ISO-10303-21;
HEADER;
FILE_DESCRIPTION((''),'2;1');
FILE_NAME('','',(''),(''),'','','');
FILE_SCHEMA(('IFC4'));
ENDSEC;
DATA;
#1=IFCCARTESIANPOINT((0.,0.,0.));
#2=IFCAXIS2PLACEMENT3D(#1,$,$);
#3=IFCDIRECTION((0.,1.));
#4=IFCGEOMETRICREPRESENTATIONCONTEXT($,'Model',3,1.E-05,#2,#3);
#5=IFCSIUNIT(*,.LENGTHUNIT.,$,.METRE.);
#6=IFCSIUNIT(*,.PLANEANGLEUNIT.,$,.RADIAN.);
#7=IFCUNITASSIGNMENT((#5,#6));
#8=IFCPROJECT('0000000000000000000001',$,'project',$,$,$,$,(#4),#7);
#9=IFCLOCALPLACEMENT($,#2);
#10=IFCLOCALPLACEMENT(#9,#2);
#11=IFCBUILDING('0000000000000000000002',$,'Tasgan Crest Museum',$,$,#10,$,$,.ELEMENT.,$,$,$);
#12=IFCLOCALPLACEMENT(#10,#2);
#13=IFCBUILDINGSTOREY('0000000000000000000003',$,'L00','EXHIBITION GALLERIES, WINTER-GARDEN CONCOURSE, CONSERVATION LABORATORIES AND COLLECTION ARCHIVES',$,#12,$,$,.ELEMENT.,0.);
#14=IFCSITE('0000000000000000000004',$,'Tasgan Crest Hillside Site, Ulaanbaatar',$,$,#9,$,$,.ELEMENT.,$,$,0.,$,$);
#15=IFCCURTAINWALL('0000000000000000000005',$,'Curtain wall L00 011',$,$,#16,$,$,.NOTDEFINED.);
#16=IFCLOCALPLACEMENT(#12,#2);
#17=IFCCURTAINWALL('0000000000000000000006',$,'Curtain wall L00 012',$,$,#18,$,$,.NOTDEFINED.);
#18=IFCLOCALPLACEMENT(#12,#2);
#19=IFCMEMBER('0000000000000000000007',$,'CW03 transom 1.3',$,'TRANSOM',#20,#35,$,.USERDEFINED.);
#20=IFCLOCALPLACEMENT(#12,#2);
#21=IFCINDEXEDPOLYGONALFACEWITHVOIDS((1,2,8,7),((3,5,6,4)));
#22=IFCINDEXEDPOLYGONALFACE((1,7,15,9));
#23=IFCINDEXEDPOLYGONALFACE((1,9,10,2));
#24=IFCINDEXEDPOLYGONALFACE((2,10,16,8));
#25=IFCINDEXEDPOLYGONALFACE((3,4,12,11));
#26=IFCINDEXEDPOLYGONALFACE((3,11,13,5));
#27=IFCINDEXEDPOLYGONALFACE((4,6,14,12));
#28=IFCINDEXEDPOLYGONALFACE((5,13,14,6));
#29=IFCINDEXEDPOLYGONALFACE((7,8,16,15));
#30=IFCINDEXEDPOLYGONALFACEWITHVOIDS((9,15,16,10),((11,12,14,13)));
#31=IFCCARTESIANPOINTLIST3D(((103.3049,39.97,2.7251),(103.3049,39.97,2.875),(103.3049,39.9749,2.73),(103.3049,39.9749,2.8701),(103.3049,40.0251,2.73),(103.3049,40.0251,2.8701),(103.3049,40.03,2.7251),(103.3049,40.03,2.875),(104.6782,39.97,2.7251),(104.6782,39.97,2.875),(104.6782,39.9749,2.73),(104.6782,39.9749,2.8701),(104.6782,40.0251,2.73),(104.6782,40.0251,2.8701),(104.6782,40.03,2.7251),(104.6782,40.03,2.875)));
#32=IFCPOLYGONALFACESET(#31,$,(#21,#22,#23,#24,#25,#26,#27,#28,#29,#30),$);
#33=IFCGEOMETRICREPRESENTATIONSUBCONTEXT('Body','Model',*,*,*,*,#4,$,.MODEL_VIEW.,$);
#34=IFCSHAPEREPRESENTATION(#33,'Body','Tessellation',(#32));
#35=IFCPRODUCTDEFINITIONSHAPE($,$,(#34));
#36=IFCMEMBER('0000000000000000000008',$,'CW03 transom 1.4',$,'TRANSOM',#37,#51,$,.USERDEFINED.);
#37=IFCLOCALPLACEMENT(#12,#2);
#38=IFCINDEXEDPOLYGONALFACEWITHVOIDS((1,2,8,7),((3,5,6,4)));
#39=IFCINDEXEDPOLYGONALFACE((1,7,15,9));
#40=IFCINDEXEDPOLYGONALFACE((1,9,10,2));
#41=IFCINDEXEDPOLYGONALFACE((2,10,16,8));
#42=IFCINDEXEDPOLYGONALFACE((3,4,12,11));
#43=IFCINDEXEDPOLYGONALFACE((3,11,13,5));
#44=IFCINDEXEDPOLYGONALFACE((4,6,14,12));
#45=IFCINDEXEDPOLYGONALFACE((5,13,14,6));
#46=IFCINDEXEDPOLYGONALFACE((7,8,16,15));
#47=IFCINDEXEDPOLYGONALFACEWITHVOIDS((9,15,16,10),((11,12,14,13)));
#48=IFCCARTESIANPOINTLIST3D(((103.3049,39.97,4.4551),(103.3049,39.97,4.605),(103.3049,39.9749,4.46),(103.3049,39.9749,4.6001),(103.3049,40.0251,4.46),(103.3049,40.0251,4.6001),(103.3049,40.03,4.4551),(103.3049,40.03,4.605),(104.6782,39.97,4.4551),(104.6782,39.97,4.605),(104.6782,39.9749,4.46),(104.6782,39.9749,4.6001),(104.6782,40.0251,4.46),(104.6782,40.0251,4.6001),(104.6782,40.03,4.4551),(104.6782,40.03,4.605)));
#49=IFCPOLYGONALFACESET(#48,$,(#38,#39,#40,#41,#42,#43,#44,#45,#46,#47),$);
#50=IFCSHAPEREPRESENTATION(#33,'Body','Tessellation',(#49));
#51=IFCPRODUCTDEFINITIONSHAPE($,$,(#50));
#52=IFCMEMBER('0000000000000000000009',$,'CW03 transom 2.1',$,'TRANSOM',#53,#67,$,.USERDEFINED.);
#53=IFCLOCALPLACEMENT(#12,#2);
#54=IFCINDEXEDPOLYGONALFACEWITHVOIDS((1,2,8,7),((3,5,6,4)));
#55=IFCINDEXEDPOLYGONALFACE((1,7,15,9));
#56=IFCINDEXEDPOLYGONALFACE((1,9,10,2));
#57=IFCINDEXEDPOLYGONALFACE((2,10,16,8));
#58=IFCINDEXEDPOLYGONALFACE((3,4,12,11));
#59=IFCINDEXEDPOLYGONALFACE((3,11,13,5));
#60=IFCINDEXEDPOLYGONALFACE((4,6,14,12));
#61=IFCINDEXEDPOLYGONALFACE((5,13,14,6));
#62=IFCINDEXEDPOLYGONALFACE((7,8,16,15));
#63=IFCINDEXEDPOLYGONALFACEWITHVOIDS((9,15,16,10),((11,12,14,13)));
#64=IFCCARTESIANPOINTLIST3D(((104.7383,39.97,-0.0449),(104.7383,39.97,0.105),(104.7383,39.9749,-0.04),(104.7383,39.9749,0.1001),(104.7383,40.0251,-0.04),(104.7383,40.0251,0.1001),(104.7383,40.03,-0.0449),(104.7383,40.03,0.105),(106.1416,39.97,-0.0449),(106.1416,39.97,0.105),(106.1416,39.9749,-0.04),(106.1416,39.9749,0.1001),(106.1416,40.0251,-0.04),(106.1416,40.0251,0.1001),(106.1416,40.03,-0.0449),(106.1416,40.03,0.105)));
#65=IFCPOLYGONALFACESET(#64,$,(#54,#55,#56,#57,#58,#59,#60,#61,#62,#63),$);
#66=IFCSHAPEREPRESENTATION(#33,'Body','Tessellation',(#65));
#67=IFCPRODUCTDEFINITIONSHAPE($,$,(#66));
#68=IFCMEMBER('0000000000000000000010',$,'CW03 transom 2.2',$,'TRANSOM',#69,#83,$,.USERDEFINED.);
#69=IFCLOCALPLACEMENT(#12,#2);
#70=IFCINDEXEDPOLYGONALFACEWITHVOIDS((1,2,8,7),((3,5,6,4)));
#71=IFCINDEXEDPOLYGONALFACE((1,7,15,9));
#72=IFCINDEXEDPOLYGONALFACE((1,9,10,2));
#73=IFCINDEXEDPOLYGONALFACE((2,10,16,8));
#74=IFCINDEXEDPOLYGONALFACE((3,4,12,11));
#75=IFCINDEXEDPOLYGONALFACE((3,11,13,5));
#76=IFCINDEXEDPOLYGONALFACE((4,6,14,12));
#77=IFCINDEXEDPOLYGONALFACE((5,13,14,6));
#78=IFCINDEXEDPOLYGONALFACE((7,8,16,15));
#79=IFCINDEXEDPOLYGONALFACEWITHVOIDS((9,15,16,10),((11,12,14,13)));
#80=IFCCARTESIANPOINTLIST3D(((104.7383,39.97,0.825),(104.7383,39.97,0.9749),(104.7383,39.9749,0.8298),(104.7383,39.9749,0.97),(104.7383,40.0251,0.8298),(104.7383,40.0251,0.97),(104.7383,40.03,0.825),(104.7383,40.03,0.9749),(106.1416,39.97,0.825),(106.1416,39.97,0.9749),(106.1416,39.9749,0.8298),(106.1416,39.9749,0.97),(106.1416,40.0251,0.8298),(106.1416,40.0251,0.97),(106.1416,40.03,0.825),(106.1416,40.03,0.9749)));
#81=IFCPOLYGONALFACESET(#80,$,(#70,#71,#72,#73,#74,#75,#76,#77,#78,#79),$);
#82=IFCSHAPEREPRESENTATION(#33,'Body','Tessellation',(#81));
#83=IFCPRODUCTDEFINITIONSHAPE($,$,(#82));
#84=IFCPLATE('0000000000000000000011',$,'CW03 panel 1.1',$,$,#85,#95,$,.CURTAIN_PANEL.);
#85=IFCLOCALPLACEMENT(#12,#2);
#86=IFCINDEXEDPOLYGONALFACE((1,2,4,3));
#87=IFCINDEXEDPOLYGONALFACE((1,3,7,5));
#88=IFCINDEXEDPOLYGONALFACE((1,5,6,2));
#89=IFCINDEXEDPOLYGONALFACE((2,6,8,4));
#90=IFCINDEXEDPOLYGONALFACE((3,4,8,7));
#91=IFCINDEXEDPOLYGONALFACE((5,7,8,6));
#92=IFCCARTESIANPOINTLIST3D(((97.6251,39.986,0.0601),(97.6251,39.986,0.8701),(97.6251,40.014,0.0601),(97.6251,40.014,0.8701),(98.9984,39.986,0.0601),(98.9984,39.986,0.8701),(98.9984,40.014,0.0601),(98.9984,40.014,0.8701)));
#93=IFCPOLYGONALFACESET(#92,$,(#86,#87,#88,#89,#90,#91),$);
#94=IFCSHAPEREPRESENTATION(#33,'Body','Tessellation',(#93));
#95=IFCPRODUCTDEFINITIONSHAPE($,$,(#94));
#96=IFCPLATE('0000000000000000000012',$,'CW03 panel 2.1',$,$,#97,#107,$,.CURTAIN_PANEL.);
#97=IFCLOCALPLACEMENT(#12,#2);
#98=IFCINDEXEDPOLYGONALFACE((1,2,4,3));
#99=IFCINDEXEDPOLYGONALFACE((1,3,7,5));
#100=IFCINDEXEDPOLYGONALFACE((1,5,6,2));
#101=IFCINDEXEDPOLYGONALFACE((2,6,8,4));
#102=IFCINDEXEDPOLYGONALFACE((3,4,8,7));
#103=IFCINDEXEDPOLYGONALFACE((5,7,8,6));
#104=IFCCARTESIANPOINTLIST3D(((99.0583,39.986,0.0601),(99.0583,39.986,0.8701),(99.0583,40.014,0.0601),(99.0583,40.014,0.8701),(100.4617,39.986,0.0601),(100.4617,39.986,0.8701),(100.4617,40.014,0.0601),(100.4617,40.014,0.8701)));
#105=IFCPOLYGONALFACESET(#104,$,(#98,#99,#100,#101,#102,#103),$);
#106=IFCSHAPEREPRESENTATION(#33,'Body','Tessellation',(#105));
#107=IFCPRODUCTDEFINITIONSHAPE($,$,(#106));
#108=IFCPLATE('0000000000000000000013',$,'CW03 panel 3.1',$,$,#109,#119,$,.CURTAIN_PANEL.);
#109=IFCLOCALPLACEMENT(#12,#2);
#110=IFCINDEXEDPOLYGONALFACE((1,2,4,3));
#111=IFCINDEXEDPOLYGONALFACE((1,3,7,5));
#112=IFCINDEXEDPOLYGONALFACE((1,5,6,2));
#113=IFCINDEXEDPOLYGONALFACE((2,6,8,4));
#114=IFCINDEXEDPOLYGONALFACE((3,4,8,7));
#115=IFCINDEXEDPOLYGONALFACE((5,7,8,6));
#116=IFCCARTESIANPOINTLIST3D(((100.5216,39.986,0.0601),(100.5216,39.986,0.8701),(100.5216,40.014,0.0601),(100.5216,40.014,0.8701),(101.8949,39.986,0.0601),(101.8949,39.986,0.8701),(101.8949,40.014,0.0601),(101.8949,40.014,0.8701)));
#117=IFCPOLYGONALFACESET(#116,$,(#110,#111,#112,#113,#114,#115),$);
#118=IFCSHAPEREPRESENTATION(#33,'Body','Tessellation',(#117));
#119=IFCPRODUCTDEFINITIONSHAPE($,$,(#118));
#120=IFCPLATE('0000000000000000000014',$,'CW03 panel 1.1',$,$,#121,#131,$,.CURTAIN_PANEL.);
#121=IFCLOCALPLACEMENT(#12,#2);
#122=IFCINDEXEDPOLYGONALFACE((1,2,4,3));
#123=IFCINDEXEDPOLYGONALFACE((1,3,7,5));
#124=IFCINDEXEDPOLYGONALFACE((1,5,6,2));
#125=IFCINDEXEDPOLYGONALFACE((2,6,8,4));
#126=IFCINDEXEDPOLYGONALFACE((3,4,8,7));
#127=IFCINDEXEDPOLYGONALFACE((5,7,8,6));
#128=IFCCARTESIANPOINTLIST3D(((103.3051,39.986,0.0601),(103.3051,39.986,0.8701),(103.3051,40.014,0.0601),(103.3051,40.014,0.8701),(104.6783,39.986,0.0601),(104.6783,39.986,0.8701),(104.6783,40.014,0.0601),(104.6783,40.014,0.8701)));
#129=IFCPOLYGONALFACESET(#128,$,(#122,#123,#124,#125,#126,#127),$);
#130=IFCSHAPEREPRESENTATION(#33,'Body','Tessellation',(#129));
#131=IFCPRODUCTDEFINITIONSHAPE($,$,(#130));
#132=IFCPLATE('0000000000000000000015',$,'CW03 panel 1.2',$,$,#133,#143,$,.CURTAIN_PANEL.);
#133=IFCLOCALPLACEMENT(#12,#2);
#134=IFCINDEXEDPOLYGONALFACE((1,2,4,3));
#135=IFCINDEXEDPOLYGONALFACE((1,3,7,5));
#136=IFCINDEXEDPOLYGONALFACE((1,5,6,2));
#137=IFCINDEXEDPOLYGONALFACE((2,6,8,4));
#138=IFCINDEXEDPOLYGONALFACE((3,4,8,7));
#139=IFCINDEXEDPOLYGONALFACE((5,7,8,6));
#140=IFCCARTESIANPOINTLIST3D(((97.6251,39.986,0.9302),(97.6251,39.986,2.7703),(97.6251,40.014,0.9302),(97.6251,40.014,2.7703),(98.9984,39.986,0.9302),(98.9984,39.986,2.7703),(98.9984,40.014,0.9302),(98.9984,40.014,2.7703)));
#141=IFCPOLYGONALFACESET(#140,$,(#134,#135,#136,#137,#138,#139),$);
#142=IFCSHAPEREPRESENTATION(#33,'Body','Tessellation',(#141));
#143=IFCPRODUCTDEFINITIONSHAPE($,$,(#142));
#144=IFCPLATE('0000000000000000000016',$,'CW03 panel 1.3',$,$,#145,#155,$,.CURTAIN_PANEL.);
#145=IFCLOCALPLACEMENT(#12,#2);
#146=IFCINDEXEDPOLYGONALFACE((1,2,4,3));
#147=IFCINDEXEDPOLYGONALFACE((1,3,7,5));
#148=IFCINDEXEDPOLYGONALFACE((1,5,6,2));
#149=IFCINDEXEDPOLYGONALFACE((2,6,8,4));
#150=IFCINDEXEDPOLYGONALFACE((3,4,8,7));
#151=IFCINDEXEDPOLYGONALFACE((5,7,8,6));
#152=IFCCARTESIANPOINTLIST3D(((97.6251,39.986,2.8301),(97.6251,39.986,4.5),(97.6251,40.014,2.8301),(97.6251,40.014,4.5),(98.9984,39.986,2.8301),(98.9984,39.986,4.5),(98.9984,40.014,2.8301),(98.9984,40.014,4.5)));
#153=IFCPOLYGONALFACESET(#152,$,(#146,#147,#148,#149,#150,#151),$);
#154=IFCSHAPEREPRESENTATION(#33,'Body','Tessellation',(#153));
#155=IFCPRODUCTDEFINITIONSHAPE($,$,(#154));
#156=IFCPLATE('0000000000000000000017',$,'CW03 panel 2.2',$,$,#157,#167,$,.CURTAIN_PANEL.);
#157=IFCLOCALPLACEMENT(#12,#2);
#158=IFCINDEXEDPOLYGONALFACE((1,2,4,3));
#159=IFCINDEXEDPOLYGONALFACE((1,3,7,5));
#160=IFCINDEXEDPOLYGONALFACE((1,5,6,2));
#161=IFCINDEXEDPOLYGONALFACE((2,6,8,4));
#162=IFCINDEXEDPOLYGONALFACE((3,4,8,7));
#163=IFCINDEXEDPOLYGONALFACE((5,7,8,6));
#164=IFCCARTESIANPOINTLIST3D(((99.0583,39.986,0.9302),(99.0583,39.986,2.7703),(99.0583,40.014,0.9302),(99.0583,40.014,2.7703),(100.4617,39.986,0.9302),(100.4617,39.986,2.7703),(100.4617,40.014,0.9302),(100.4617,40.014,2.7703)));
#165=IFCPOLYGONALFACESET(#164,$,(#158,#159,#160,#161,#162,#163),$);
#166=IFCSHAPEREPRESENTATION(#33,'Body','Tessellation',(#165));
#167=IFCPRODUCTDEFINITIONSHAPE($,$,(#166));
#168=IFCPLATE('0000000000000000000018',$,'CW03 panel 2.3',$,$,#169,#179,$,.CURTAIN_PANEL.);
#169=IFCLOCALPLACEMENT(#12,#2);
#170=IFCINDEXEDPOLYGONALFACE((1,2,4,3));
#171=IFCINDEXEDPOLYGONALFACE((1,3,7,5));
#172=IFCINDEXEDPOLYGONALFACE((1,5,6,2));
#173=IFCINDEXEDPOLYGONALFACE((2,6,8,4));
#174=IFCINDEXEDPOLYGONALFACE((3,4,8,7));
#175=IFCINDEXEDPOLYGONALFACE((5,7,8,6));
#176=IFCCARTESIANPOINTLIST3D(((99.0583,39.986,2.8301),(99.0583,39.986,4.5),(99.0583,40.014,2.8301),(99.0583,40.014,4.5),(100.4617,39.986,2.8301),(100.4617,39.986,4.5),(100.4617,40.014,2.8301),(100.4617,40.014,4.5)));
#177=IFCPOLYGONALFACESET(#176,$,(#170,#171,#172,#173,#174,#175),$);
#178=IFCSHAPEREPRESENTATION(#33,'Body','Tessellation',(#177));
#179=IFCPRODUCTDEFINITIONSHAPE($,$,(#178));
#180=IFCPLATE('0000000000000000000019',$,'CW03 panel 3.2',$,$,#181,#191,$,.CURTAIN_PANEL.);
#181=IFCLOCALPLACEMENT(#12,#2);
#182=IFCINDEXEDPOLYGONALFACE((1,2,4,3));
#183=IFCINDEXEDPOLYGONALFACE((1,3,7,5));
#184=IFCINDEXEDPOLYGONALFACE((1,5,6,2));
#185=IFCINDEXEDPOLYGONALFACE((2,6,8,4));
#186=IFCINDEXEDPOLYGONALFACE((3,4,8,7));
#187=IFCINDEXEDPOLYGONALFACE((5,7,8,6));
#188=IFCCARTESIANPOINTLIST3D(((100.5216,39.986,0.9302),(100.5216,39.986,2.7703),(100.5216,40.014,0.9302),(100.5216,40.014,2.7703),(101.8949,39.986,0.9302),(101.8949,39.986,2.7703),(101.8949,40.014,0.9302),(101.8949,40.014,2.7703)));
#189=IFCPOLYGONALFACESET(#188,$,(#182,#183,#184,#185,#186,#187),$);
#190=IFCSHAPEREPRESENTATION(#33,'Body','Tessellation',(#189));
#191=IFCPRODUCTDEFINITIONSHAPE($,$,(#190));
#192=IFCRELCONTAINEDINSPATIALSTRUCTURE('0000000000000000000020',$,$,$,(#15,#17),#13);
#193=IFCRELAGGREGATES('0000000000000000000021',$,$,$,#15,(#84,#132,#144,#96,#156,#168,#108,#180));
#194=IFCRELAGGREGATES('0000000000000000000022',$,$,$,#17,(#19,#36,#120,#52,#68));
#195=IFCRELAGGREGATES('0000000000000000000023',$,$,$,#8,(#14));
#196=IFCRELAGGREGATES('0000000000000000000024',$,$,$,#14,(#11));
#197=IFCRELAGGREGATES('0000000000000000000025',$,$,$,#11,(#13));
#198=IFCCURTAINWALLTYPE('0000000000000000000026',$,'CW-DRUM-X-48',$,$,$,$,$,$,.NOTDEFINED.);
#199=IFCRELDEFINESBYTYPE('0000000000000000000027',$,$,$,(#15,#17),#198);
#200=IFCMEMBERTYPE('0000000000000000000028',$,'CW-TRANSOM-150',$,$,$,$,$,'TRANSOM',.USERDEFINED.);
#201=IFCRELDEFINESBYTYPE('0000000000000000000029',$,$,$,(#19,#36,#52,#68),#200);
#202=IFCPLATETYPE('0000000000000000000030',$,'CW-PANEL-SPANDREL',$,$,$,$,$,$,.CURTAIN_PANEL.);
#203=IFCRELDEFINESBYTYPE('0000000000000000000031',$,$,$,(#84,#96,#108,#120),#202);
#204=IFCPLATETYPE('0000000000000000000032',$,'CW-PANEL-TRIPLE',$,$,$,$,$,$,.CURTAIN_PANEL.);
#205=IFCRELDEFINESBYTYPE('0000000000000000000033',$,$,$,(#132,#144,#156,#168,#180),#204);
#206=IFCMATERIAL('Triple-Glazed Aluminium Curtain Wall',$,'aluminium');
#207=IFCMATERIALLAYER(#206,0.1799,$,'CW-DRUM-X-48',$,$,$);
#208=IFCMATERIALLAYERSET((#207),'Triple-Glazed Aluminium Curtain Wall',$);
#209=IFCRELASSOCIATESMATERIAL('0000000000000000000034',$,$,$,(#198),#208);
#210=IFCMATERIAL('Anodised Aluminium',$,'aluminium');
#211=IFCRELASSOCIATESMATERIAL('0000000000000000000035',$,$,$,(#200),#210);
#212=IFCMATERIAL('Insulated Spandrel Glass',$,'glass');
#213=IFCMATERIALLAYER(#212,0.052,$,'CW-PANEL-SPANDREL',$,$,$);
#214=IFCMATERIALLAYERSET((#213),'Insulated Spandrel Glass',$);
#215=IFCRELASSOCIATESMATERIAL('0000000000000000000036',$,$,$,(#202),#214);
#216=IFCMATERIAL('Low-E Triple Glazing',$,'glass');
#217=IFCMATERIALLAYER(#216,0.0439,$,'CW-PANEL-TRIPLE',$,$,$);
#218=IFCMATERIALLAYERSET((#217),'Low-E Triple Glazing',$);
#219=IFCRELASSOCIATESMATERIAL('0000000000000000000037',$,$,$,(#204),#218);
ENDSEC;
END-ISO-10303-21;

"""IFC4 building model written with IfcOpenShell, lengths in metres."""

from ifc_helpers import new_model, si_unit, direction, frame, origin, origin_2d, place, context, subcontext, project, spatial, rectangle, hollow_rectangle, extrude, material, layer, layer_set, material_profile, profile_set, type_object, element, aggregate, save


model = new_model("IFC4")

# Units and contexts
model_context = context("Model", 3, precision=1e-05, world=origin(), true_north=direction((0.0, 1.0)))
body_context = subcontext(model_context, "Body", "Model", "MODEL_VIEW")
ifc_project = project(units=[si_unit("LENGTHUNIT", "METRE"), si_unit("PLANEANGLEUNIT", "RADIAN")], contexts=[model_context])

# Site, building, storey
site_placement = place(None, origin())
site = spatial("IfcSite", under=ifc_project, at=site_placement, Name="Tasgan Crest Hillside Site, Ulaanbaatar", CompositionType="ELEMENT", RefElevation=0.0)
building_placement = place(site_placement, origin())
building = spatial("IfcBuilding", under=site, at=building_placement, Name="Tasgan Crest Museum", CompositionType="ELEMENT")
storey_placement = place(building_placement, origin())
storey = spatial("IfcBuildingStorey", under=building, at=storey_placement, Name="L00", Description="EXHIBITION GALLERIES, WINTER-GARDEN CONCOURSE, CONSERVATION LABORATORIES AND COLLECTION ARCHIVES", CompositionType="ELEMENT", Elevation=0.0)

# Curtain walls
ifc_material_1 = material(Name="Triple-Glazed Aluminium Curtain Wall", Category="aluminium")
ifc_layer_1 = layer(ifc_material_1, 0.1799, Name="CW-DRUM-X-48")
ifc_layer_set_1 = layer_set([ifc_layer_1], Name="Triple-Glazed Aluminium Curtain Wall")
curtain_wall_type = type_object("IfcCurtainWallType", Name="CW-DRUM-X-48", PredefinedType="NOTDEFINED", material=ifc_layer_set_1)
curtain_wall_1_placement = place(storey_placement, origin())
curtain_wall_1 = element("IfcCurtainWall", 1, at=curtain_wall_1_placement, inside=storey, type_object=curtain_wall_type, Name="Curtain wall L00 011", PredefinedType="NOTDEFINED")
curtain_wall_2_placement = place(storey_placement, origin())
curtain_wall_2 = element("IfcCurtainWall", 2, at=curtain_wall_2_placement, inside=storey, type_object=curtain_wall_type, Name="Curtain wall L00 012", PredefinedType="NOTDEFINED")

# Members
ifc_material_2 = material(Name="Anodised Aluminium", Category="aluminium")
ifc_material_profile_1 = material_profile(ifc_material_2, hollow_rectangle(XDim=0.0601, YDim=0.1499, WallThickness=0.0049, at=origin_2d()), Name="ALU TRANSOM 150x60x5")
ifc_profile_set_1 = profile_set([ifc_material_profile_1], Name="Anodised Aluminium")
member_type_1 = type_object("IfcMemberType", Name="CW-TRANSOM-150", ElementType="TRANSOM", PredefinedType="USERDEFINED", material=ifc_profile_set_1)
member_1_placement = place(storey_placement, frame((103.3049, 40.0, 2.8), z_axis=(1.0, 0.0, 0.0), x_axis=(0.0, 1.0, 0.0)))
member_1 = element("IfcMember", 3, at=member_1_placement, type_object=member_type_1, Name="CW03 transom 1.3", ObjectType="TRANSOM", PredefinedType="USERDEFINED", context=body_context, shape_type="SweptSolid", body=[
    extrude(hollow_rectangle(XDim=0.0601, YDim=0.1499, WallThickness=0.0049, at=origin_2d()), origin(), (0.0, 0.0, 1.0), 1.3733),
])
member_2_placement = place(storey_placement, frame((103.3049, 40.0, 4.53), z_axis=(1.0, 0.0, 0.0), x_axis=(0.0, 1.0, 0.0)))
member_2 = element("IfcMember", 4, at=member_2_placement, type_object=member_type_1, Name="CW03 transom 1.4", ObjectType="TRANSOM", PredefinedType="USERDEFINED", context=body_context, shape_type="SweptSolid", body=[
    extrude(hollow_rectangle(XDim=0.0601, YDim=0.1499, WallThickness=0.0049, at=origin_2d()), origin(), (0.0, 0.0, 1.0), 1.3733),
])
member_3_placement = place(storey_placement, frame((104.7383, 40.0, 0.03), z_axis=(1.0, 0.0, 0.0), x_axis=(0.0, 1.0, 0.0)))
member_3 = element("IfcMember", 5, at=member_3_placement, type_object=member_type_1, Name="CW03 transom 2.1", ObjectType="TRANSOM", PredefinedType="USERDEFINED", context=body_context, shape_type="SweptSolid", body=[
    extrude(hollow_rectangle(XDim=0.0601, YDim=0.1499, WallThickness=0.0049, at=origin_2d()), origin(), (0.0, 0.0, 1.0), 1.4033),
])
member_4_placement = place(storey_placement, frame((104.7383, 40.0, 0.8999), z_axis=(1.0, 0.0, 0.0), x_axis=(0.0, 1.0, 0.0)))
member_4 = element("IfcMember", 6, at=member_4_placement, type_object=member_type_1, Name="CW03 transom 2.2", ObjectType="TRANSOM", PredefinedType="USERDEFINED", context=body_context, shape_type="SweptSolid", body=[
    extrude(hollow_rectangle(XDim=0.0601, YDim=0.1499, WallThickness=0.0049, at=origin_2d()), origin(), (0.0, 0.0, 1.0), 1.4033),
])

# Plates
ifc_material_3 = material(Name="Insulated Spandrel Glass", Category="glass")
ifc_layer_2 = layer(ifc_material_3, 0.052, Name="CW-PANEL-SPANDREL")
ifc_layer_set_2 = layer_set([ifc_layer_2], Name="Insulated Spandrel Glass")
plate_type_1 = type_object("IfcPlateType", Name="CW-PANEL-SPANDREL", PredefinedType="CURTAIN_PANEL", material=ifc_layer_set_2)
plate_1_placement = place(storey_placement, frame((98.3118, 40.0, 0.0601), z_axis=(0.0, 0.0, 1.0), x_axis=(1.0, 0.0, 0.0)))
plate_1 = element("IfcPlate", 7, at=plate_1_placement, type_object=plate_type_1, Name="CW03 panel 1.1", PredefinedType="CURTAIN_PANEL", context=body_context, shape_type="SweptSolid", body=[
    extrude(rectangle(XDim=1.3733, YDim=0.0281, at=origin_2d()), origin(), (0.0, 0.0, 1.0), 0.8101),
])
plate_2_placement = place(storey_placement, frame((99.76, 40.0, 0.0601), z_axis=(0.0, 0.0, 1.0), x_axis=(1.0, 0.0, 0.0)))
plate_2 = element("IfcPlate", 8, at=plate_2_placement, type_object=plate_type_1, Name="CW03 panel 2.1", PredefinedType="CURTAIN_PANEL", context=body_context, shape_type="SweptSolid", body=[
    extrude(rectangle(XDim=1.4033, YDim=0.0281, at=origin_2d()), origin(), (0.0, 0.0, 1.0), 0.8101),
])
plate_3_placement = place(storey_placement, frame((101.2083, 40.0, 0.0601), z_axis=(0.0, 0.0, 1.0), x_axis=(1.0, 0.0, 0.0)))
plate_3 = element("IfcPlate", 9, at=plate_3_placement, type_object=plate_type_1, Name="CW03 panel 3.1", PredefinedType="CURTAIN_PANEL", context=body_context, shape_type="SweptSolid", body=[
    extrude(rectangle(XDim=1.3733, YDim=0.0281, at=origin_2d()), origin(), (0.0, 0.0, 1.0), 0.8101),
])
plate_4_placement = place(storey_placement, frame((103.9917, 40.0, 0.0601), z_axis=(0.0, 0.0, 1.0), x_axis=(1.0, 0.0, 0.0)))
plate_4 = element("IfcPlate", 10, at=plate_4_placement, type_object=plate_type_1, Name="CW03 panel 1.1", PredefinedType="CURTAIN_PANEL", context=body_context, shape_type="SweptSolid", body=[
    extrude(rectangle(XDim=1.3733, YDim=0.0281, at=origin_2d()), origin(), (0.0, 0.0, 1.0), 0.8101),
])
ifc_material_4 = material(Name="Low-E Triple Glazing", Category="glass")
ifc_layer_3 = layer(ifc_material_4, 0.0439, Name="CW-PANEL-TRIPLE")
ifc_layer_set_3 = layer_set([ifc_layer_3], Name="Low-E Triple Glazing")
plate_type_2 = type_object("IfcPlateType", Name="CW-PANEL-TRIPLE", PredefinedType="CURTAIN_PANEL", material=ifc_layer_set_3)
plate_5_placement = place(storey_placement, frame((98.3118, 40.0, 0.9302), z_axis=(0.0, 0.0, 1.0), x_axis=(1.0, 0.0, 0.0)))
plate_5 = element("IfcPlate", 11, at=plate_5_placement, type_object=plate_type_2, Name="CW03 panel 1.2", PredefinedType="CURTAIN_PANEL", context=body_context, shape_type="SweptSolid", body=[
    extrude(rectangle(XDim=1.3733, YDim=0.0281, at=origin_2d()), origin(), (0.0, 0.0, 1.0), 1.8401),
])
plate_6_placement = place(storey_placement, frame((98.3118, 40.0, 2.8301), z_axis=(0.0, 0.0, 1.0), x_axis=(1.0, 0.0, 0.0)))
plate_6 = element("IfcPlate", 12, at=plate_6_placement, type_object=plate_type_2, Name="CW03 panel 1.3", PredefinedType="CURTAIN_PANEL", context=body_context, shape_type="SweptSolid", body=[
    extrude(rectangle(XDim=1.3733, YDim=0.0281, at=origin_2d()), origin(), (0.0, 0.0, 1.0), 1.6699),
])
plate_7_placement = place(storey_placement, frame((99.76, 40.0, 0.9302), z_axis=(0.0, 0.0, 1.0), x_axis=(1.0, 0.0, 0.0)))
plate_7 = element("IfcPlate", 13, at=plate_7_placement, type_object=plate_type_2, Name="CW03 panel 2.2", PredefinedType="CURTAIN_PANEL", context=body_context, shape_type="SweptSolid", body=[
    extrude(rectangle(XDim=1.4033, YDim=0.0281, at=origin_2d()), origin(), (0.0, 0.0, 1.0), 1.8401),
])
plate_8_placement = place(storey_placement, frame((99.76, 40.0, 2.8301), z_axis=(0.0, 0.0, 1.0), x_axis=(1.0, 0.0, 0.0)))
plate_8 = element("IfcPlate", 14, at=plate_8_placement, type_object=plate_type_2, Name="CW03 panel 2.3", PredefinedType="CURTAIN_PANEL", context=body_context, shape_type="SweptSolid", body=[
    extrude(rectangle(XDim=1.4033, YDim=0.0281, at=origin_2d()), origin(), (0.0, 0.0, 1.0), 1.6699),
])
plate_9_placement = place(storey_placement, frame((101.2083, 40.0, 0.9302), z_axis=(0.0, 0.0, 1.0), x_axis=(1.0, 0.0, 0.0)))
plate_9 = element("IfcPlate", 15, at=plate_9_placement, type_object=plate_type_2, Name="CW03 panel 3.2", PredefinedType="CURTAIN_PANEL", context=body_context, shape_type="SweptSolid", body=[
    extrude(rectangle(XDim=1.3733, YDim=0.0281, at=origin_2d()), origin(), (0.0, 0.0, 1.0), 1.8401),
])
aggregate(curtain_wall_1, [plate_1, plate_5, plate_6, plate_2, plate_7, plate_8, plate_3, plate_9])
aggregate(curtain_wall_2, [member_1, member_2, plate_4, member_3, member_4])

save(model, "model.ifc")
